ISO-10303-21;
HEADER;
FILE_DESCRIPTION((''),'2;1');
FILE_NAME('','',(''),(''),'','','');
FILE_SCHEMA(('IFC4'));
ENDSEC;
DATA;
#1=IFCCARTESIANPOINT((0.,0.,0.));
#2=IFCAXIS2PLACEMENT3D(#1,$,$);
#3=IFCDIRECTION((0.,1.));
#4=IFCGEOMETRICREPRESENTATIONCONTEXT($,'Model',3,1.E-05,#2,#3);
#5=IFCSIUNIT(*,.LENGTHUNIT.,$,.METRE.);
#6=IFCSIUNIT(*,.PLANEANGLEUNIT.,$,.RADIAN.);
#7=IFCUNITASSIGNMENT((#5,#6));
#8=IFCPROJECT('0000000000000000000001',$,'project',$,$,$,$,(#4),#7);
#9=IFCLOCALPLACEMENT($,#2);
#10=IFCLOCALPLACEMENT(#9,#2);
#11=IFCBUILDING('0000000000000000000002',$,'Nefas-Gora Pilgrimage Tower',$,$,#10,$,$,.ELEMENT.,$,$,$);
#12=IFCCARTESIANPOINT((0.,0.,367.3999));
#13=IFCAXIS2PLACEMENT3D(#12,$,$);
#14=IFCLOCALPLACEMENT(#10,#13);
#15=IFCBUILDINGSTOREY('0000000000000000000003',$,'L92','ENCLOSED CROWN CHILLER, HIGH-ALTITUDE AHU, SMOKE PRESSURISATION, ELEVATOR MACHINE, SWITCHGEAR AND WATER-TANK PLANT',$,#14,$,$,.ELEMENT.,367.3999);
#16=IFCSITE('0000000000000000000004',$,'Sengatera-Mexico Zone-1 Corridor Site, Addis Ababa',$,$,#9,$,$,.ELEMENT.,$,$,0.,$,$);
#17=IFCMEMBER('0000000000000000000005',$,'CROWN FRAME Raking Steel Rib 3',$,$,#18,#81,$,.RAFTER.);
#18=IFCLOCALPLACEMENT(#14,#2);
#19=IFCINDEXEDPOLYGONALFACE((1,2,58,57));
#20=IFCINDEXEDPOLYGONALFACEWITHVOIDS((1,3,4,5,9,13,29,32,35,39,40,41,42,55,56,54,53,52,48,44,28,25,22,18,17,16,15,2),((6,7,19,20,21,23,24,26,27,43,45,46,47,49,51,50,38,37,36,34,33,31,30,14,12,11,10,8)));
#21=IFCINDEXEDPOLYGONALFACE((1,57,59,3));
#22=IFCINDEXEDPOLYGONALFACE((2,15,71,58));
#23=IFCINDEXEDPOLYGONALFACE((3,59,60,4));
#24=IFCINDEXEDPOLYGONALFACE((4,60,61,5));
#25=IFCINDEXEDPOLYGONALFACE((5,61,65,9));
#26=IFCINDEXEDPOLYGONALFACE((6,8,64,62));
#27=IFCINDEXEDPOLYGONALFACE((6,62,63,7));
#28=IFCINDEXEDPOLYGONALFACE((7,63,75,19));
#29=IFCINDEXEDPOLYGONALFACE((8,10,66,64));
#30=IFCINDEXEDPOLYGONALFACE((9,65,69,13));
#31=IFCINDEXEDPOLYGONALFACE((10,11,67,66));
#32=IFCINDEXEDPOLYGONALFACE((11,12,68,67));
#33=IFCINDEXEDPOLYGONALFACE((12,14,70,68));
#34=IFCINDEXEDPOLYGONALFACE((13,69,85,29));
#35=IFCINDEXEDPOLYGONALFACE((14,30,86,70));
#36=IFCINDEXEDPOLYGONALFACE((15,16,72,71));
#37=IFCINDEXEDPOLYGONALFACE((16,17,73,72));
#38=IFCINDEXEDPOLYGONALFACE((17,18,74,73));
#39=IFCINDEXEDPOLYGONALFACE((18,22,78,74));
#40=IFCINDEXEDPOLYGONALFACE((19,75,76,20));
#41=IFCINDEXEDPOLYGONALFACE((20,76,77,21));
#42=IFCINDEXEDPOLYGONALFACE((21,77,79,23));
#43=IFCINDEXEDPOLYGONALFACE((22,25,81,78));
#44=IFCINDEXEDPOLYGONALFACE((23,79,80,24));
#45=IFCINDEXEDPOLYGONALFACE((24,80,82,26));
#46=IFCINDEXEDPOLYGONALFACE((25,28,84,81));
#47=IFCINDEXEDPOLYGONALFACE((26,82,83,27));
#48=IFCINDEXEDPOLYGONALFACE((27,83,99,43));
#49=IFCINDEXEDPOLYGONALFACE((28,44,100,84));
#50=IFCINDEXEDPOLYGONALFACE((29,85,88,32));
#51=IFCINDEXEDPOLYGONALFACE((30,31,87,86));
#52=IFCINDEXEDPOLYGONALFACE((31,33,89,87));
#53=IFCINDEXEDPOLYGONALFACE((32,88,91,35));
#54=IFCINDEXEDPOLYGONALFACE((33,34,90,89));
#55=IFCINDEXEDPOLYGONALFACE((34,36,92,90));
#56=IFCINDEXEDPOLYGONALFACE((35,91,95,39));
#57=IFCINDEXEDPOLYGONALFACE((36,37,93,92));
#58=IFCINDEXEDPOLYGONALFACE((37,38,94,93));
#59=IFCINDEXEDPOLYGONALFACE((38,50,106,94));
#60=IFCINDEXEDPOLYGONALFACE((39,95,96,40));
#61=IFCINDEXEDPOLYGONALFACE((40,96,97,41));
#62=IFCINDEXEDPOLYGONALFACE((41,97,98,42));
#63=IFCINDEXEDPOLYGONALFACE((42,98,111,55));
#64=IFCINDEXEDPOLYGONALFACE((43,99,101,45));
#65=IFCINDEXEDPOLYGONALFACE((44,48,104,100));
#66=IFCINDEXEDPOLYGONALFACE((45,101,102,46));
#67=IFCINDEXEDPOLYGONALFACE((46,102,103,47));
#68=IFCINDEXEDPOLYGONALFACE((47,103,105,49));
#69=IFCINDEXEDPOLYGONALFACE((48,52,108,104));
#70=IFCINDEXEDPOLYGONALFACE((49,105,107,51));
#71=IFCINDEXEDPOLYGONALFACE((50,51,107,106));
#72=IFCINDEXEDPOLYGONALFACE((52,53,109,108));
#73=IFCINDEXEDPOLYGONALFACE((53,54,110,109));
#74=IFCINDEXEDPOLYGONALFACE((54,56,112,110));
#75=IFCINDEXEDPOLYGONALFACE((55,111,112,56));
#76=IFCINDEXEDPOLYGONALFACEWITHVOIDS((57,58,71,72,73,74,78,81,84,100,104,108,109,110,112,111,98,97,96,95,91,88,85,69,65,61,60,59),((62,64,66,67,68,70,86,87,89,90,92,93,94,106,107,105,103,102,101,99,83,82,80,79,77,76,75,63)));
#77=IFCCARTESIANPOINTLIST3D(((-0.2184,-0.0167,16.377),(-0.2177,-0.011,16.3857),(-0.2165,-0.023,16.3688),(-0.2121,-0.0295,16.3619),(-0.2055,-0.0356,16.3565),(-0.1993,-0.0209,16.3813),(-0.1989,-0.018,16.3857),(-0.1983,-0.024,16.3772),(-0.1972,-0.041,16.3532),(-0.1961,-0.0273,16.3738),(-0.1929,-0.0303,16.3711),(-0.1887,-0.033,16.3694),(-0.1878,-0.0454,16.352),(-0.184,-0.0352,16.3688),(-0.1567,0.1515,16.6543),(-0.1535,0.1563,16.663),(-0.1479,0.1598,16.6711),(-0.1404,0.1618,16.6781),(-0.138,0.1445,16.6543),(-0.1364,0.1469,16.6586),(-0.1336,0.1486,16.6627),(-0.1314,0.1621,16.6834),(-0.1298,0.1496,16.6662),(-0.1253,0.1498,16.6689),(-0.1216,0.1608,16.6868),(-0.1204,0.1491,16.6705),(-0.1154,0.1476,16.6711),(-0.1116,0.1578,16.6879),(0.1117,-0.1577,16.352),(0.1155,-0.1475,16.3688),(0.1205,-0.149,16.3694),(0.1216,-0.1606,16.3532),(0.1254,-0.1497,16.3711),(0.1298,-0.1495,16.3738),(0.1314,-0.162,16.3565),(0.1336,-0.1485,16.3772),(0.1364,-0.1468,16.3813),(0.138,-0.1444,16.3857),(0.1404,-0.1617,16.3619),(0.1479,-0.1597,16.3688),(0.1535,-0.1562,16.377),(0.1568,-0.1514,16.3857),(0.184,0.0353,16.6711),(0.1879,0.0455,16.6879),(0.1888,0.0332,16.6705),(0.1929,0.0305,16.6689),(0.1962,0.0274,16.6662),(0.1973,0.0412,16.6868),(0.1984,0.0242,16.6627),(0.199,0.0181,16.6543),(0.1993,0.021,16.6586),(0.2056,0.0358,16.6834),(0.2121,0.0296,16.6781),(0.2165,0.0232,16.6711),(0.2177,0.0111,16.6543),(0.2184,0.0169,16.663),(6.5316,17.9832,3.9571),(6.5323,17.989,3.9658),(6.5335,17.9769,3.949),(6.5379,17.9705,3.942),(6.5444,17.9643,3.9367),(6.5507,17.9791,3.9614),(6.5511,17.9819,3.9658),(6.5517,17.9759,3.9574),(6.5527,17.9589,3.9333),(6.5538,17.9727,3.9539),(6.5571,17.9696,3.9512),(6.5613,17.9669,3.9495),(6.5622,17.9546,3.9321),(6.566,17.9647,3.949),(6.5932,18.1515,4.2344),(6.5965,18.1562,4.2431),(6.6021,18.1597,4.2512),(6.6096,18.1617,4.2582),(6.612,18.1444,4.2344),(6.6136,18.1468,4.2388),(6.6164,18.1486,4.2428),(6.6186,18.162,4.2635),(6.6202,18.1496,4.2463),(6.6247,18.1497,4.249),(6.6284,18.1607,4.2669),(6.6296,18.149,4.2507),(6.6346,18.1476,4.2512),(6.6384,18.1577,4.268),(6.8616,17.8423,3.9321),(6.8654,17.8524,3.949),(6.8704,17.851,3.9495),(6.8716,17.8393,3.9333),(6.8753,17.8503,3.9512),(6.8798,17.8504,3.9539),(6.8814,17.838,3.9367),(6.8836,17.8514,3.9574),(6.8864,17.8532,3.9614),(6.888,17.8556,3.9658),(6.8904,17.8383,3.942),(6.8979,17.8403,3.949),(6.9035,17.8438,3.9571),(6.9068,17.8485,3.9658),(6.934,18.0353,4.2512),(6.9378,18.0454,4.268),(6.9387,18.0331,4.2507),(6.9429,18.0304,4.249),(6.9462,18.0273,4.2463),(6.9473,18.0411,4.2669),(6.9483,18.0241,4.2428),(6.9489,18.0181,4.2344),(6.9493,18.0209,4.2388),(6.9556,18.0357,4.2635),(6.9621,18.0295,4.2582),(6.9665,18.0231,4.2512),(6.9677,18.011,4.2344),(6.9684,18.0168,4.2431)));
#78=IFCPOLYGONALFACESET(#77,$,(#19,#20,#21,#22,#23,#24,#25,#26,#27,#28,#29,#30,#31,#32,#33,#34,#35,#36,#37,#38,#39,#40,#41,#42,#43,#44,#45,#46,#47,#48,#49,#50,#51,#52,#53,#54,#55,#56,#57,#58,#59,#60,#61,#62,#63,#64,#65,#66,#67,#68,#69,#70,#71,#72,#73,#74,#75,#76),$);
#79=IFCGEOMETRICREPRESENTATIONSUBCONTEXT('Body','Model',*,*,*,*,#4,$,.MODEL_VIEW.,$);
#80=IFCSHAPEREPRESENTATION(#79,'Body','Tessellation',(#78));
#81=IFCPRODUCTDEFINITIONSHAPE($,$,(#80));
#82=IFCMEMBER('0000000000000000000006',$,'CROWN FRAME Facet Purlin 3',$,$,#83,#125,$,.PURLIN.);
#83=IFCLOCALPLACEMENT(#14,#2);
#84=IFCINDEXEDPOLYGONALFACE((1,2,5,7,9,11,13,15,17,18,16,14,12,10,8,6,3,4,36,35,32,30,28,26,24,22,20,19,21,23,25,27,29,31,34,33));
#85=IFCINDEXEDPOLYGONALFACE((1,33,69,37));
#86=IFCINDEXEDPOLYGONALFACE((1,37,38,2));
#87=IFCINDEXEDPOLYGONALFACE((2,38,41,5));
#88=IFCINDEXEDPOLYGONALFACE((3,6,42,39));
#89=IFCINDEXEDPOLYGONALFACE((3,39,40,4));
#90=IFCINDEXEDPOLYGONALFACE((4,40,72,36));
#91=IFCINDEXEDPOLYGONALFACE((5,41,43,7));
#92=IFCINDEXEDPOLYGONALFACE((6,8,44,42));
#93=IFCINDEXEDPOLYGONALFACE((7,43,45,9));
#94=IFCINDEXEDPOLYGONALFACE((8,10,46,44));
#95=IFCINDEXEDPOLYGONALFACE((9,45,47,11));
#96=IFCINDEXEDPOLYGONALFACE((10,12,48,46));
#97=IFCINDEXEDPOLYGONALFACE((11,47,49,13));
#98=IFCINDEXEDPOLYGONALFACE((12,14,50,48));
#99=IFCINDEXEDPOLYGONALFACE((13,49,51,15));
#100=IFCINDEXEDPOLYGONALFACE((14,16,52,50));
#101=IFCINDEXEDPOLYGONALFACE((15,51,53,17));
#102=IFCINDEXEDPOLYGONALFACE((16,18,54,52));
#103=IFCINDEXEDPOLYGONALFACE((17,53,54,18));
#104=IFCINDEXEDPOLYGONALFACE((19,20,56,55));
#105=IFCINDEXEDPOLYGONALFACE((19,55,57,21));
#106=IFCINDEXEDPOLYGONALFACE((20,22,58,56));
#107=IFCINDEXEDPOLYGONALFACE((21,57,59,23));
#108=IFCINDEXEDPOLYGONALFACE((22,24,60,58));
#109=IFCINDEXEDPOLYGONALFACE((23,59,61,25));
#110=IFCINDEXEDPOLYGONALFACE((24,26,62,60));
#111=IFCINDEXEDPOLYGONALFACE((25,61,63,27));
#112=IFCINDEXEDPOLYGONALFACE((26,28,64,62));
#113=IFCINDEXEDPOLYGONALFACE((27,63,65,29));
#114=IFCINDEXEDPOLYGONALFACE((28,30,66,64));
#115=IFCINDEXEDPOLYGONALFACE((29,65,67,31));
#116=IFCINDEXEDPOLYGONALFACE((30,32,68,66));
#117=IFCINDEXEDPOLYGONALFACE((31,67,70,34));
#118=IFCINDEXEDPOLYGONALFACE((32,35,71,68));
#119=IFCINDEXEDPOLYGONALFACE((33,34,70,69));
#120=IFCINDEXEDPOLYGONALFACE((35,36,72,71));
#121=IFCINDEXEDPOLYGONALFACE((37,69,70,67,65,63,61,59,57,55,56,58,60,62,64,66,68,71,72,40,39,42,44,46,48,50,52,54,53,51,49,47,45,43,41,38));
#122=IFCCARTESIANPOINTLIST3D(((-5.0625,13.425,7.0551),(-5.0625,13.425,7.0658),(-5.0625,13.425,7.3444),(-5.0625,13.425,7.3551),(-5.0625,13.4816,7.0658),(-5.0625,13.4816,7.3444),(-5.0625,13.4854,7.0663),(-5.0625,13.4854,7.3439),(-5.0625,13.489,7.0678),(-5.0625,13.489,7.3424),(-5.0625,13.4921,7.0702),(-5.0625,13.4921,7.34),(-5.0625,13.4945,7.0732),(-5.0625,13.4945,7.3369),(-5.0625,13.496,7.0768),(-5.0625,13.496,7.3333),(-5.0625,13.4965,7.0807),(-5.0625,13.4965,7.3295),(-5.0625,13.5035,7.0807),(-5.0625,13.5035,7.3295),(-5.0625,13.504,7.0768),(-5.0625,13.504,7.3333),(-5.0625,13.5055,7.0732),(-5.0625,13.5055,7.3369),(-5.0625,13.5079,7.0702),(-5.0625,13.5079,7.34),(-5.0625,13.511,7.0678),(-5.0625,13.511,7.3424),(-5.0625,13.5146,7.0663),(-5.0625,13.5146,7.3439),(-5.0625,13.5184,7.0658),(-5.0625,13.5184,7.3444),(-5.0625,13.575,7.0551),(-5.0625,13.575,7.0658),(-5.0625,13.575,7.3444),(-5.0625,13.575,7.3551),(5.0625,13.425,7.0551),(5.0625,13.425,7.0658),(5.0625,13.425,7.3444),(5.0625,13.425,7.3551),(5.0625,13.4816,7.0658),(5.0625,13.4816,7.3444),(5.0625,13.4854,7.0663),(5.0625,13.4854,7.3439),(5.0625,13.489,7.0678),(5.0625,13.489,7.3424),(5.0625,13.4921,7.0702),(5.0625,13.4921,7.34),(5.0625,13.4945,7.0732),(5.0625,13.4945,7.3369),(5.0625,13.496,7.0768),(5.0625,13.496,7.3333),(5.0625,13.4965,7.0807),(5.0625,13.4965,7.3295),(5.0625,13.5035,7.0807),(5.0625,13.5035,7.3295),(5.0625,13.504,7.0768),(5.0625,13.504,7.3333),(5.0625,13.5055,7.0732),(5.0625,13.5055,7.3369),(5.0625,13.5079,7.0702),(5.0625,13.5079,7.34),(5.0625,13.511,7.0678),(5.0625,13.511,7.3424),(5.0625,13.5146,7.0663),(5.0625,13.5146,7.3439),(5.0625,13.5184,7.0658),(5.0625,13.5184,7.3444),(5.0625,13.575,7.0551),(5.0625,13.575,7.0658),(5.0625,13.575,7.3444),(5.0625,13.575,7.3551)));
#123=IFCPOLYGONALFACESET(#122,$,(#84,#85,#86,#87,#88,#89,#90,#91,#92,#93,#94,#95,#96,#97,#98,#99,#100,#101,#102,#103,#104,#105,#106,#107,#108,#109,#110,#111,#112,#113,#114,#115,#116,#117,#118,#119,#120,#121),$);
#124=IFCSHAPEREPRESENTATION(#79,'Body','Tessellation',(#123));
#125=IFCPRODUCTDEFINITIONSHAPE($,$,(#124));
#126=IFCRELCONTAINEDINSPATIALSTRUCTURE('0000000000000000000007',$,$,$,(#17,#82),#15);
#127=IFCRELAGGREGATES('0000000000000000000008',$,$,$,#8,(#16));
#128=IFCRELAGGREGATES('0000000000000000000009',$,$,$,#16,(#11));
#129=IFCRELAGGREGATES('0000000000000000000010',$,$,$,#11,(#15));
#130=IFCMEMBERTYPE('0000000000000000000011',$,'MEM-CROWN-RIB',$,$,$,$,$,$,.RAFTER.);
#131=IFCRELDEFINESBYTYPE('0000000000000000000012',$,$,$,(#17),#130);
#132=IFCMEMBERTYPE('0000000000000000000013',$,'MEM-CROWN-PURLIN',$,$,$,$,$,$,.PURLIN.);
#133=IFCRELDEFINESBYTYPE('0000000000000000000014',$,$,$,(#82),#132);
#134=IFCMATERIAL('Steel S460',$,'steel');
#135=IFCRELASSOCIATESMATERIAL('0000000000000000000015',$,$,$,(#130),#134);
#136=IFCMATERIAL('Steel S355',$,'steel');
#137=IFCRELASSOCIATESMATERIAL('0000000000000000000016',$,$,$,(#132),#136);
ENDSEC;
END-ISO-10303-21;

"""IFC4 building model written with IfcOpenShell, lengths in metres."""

from ifc_helpers import new_model, si_unit, direction, frame, origin, origin_2d, place, context, subcontext, project, spatial, hollow_rectangle, i_section, extrude, source, transform, mapped, material, material_profile, profile_set, type_object, element, save


model = new_model("IFC4")

# Units and contexts
model_context = context("Model", 3, precision=1e-05, world=origin(), true_north=direction((0.0, 1.0)))
body_context = subcontext(model_context, "Body", "Model", "MODEL_VIEW")
ifc_project = project(units=[si_unit("LENGTHUNIT", "METRE"), si_unit("PLANEANGLEUNIT", "RADIAN")], contexts=[model_context])

# Site, building, storey
site_placement = place(None, origin())
site = spatial("IfcSite", under=ifc_project, at=site_placement, Name="Sengatera-Mexico Zone-1 Corridor Site, Addis Ababa", CompositionType="ELEMENT", RefElevation=0.0)
building_placement = place(site_placement, origin())
building = spatial("IfcBuilding", under=site, at=building_placement, Name="Nefas-Gora Pilgrimage Tower", CompositionType="ELEMENT")
storey_placement = place(building_placement, frame((0.0, 0.0, 367.3999)))
storey = spatial("IfcBuildingStorey", under=building, at=storey_placement, Name="L92", Description="ENCLOSED CROWN CHILLER, HIGH-ALTITUDE AHU, SMOKE PRESSURISATION, ELEVATOR MACHINE, SWITCHGEAR AND WATER-TANK PLANT", CompositionType="ELEMENT", Elevation=367.3999)

# Shared definitions
ifc_material_1 = material(Name="Steel S355", Category="steel")

# Shared definitions
ifc_material_2 = material(Name="Steel S460", Category="steel")
ifc_material_profile_1 = material_profile(ifc_material_2, hollow_rectangle(XDim=0.3999, YDim=0.3999, WallThickness=0.02, InnerFilletRadius=0.02, OuterFilletRadius=0.04, at=origin_2d()), Name="SHS 400x400x20")
ifc_profile_set_1 = profile_set([ifc_material_profile_1], Name="Steel S460")
member_type_1 = type_object("IfcMemberType", Name="MEM-CROWN-RIB", PredefinedType="RAFTER", material=ifc_profile_set_1)

# Members
shared_shape_1 = source(origin(), body_context, "Body", "SweptSolid", [
    extrude(hollow_rectangle(XDim=0.3999, YDim=0.3999, WallThickness=0.02, InnerFilletRadius=0.02, OuterFilletRadius=0.04, at=origin_2d()), origin(), (0.0, 0.0, 1.0), 22.887),
])
member_1_placement = place(storey_placement, frame((6.75, 18.0, 4.1001), z_axis=(-0.294927, -0.786471, 0.542662), x_axis=(0.936329, -0.351123, 0.0)))
element("IfcMember", 1, at=member_1_placement, inside=storey, type_object=member_type_1, Name="CROWN FRAME Raking Steel Rib 3", PredefinedType="RAFTER", context=body_context, shape_type="MappedRepresentation", body=[
    mapped(shared_shape_1, transform((0.0, 0.0, 0.0), x_axis=(1.0, 0.0, 0.0), y_axis=(0.0, 1.0, 0.0), z_axis=(0.0, 0.0, 1.0), scale=1.0)),
])
ifc_material_profile_2 = material_profile(ifc_material_1, i_section(OverallWidth=0.1499, OverallDepth=0.3, WebThickness=0.0071, FlangeThickness=0.0107, FilletRadius=0.0149, at=origin_2d()), Name="IPE 300")
ifc_profile_set_2 = profile_set([ifc_material_profile_2], Name="Steel S355")
member_type_2 = type_object("IfcMemberType", Name="MEM-CROWN-PURLIN", PredefinedType="PURLIN", material=ifc_profile_set_2)
shared_shape_2 = source(origin(), body_context, "Body", "SweptSolid", [
    extrude(i_section(OverallWidth=0.1499, OverallDepth=0.3, WebThickness=0.0071, FlangeThickness=0.0107, FilletRadius=0.0149, at=origin_2d()), origin(), (0.0, 0.0, 1.0), 10.125),
])
member_2_placement = place(storey_placement, frame((5.0625, 13.5, 7.2051), z_axis=(-1.0, 0.0, 0.0), x_axis=(0.0, -1.0, 0.0)))
element("IfcMember", 2, at=member_2_placement, inside=storey, type_object=member_type_2, Name="CROWN FRAME Facet Purlin 3", PredefinedType="PURLIN", context=body_context, shape_type="MappedRepresentation", body=[
    mapped(shared_shape_2, transform((0.0, 0.0, 0.0), x_axis=(1.0, 0.0, 0.0), y_axis=(0.0, 1.0, 0.0), z_axis=(0.0, 0.0, 1.0), scale=1.0)),
])

save(model, "model.ifc")
